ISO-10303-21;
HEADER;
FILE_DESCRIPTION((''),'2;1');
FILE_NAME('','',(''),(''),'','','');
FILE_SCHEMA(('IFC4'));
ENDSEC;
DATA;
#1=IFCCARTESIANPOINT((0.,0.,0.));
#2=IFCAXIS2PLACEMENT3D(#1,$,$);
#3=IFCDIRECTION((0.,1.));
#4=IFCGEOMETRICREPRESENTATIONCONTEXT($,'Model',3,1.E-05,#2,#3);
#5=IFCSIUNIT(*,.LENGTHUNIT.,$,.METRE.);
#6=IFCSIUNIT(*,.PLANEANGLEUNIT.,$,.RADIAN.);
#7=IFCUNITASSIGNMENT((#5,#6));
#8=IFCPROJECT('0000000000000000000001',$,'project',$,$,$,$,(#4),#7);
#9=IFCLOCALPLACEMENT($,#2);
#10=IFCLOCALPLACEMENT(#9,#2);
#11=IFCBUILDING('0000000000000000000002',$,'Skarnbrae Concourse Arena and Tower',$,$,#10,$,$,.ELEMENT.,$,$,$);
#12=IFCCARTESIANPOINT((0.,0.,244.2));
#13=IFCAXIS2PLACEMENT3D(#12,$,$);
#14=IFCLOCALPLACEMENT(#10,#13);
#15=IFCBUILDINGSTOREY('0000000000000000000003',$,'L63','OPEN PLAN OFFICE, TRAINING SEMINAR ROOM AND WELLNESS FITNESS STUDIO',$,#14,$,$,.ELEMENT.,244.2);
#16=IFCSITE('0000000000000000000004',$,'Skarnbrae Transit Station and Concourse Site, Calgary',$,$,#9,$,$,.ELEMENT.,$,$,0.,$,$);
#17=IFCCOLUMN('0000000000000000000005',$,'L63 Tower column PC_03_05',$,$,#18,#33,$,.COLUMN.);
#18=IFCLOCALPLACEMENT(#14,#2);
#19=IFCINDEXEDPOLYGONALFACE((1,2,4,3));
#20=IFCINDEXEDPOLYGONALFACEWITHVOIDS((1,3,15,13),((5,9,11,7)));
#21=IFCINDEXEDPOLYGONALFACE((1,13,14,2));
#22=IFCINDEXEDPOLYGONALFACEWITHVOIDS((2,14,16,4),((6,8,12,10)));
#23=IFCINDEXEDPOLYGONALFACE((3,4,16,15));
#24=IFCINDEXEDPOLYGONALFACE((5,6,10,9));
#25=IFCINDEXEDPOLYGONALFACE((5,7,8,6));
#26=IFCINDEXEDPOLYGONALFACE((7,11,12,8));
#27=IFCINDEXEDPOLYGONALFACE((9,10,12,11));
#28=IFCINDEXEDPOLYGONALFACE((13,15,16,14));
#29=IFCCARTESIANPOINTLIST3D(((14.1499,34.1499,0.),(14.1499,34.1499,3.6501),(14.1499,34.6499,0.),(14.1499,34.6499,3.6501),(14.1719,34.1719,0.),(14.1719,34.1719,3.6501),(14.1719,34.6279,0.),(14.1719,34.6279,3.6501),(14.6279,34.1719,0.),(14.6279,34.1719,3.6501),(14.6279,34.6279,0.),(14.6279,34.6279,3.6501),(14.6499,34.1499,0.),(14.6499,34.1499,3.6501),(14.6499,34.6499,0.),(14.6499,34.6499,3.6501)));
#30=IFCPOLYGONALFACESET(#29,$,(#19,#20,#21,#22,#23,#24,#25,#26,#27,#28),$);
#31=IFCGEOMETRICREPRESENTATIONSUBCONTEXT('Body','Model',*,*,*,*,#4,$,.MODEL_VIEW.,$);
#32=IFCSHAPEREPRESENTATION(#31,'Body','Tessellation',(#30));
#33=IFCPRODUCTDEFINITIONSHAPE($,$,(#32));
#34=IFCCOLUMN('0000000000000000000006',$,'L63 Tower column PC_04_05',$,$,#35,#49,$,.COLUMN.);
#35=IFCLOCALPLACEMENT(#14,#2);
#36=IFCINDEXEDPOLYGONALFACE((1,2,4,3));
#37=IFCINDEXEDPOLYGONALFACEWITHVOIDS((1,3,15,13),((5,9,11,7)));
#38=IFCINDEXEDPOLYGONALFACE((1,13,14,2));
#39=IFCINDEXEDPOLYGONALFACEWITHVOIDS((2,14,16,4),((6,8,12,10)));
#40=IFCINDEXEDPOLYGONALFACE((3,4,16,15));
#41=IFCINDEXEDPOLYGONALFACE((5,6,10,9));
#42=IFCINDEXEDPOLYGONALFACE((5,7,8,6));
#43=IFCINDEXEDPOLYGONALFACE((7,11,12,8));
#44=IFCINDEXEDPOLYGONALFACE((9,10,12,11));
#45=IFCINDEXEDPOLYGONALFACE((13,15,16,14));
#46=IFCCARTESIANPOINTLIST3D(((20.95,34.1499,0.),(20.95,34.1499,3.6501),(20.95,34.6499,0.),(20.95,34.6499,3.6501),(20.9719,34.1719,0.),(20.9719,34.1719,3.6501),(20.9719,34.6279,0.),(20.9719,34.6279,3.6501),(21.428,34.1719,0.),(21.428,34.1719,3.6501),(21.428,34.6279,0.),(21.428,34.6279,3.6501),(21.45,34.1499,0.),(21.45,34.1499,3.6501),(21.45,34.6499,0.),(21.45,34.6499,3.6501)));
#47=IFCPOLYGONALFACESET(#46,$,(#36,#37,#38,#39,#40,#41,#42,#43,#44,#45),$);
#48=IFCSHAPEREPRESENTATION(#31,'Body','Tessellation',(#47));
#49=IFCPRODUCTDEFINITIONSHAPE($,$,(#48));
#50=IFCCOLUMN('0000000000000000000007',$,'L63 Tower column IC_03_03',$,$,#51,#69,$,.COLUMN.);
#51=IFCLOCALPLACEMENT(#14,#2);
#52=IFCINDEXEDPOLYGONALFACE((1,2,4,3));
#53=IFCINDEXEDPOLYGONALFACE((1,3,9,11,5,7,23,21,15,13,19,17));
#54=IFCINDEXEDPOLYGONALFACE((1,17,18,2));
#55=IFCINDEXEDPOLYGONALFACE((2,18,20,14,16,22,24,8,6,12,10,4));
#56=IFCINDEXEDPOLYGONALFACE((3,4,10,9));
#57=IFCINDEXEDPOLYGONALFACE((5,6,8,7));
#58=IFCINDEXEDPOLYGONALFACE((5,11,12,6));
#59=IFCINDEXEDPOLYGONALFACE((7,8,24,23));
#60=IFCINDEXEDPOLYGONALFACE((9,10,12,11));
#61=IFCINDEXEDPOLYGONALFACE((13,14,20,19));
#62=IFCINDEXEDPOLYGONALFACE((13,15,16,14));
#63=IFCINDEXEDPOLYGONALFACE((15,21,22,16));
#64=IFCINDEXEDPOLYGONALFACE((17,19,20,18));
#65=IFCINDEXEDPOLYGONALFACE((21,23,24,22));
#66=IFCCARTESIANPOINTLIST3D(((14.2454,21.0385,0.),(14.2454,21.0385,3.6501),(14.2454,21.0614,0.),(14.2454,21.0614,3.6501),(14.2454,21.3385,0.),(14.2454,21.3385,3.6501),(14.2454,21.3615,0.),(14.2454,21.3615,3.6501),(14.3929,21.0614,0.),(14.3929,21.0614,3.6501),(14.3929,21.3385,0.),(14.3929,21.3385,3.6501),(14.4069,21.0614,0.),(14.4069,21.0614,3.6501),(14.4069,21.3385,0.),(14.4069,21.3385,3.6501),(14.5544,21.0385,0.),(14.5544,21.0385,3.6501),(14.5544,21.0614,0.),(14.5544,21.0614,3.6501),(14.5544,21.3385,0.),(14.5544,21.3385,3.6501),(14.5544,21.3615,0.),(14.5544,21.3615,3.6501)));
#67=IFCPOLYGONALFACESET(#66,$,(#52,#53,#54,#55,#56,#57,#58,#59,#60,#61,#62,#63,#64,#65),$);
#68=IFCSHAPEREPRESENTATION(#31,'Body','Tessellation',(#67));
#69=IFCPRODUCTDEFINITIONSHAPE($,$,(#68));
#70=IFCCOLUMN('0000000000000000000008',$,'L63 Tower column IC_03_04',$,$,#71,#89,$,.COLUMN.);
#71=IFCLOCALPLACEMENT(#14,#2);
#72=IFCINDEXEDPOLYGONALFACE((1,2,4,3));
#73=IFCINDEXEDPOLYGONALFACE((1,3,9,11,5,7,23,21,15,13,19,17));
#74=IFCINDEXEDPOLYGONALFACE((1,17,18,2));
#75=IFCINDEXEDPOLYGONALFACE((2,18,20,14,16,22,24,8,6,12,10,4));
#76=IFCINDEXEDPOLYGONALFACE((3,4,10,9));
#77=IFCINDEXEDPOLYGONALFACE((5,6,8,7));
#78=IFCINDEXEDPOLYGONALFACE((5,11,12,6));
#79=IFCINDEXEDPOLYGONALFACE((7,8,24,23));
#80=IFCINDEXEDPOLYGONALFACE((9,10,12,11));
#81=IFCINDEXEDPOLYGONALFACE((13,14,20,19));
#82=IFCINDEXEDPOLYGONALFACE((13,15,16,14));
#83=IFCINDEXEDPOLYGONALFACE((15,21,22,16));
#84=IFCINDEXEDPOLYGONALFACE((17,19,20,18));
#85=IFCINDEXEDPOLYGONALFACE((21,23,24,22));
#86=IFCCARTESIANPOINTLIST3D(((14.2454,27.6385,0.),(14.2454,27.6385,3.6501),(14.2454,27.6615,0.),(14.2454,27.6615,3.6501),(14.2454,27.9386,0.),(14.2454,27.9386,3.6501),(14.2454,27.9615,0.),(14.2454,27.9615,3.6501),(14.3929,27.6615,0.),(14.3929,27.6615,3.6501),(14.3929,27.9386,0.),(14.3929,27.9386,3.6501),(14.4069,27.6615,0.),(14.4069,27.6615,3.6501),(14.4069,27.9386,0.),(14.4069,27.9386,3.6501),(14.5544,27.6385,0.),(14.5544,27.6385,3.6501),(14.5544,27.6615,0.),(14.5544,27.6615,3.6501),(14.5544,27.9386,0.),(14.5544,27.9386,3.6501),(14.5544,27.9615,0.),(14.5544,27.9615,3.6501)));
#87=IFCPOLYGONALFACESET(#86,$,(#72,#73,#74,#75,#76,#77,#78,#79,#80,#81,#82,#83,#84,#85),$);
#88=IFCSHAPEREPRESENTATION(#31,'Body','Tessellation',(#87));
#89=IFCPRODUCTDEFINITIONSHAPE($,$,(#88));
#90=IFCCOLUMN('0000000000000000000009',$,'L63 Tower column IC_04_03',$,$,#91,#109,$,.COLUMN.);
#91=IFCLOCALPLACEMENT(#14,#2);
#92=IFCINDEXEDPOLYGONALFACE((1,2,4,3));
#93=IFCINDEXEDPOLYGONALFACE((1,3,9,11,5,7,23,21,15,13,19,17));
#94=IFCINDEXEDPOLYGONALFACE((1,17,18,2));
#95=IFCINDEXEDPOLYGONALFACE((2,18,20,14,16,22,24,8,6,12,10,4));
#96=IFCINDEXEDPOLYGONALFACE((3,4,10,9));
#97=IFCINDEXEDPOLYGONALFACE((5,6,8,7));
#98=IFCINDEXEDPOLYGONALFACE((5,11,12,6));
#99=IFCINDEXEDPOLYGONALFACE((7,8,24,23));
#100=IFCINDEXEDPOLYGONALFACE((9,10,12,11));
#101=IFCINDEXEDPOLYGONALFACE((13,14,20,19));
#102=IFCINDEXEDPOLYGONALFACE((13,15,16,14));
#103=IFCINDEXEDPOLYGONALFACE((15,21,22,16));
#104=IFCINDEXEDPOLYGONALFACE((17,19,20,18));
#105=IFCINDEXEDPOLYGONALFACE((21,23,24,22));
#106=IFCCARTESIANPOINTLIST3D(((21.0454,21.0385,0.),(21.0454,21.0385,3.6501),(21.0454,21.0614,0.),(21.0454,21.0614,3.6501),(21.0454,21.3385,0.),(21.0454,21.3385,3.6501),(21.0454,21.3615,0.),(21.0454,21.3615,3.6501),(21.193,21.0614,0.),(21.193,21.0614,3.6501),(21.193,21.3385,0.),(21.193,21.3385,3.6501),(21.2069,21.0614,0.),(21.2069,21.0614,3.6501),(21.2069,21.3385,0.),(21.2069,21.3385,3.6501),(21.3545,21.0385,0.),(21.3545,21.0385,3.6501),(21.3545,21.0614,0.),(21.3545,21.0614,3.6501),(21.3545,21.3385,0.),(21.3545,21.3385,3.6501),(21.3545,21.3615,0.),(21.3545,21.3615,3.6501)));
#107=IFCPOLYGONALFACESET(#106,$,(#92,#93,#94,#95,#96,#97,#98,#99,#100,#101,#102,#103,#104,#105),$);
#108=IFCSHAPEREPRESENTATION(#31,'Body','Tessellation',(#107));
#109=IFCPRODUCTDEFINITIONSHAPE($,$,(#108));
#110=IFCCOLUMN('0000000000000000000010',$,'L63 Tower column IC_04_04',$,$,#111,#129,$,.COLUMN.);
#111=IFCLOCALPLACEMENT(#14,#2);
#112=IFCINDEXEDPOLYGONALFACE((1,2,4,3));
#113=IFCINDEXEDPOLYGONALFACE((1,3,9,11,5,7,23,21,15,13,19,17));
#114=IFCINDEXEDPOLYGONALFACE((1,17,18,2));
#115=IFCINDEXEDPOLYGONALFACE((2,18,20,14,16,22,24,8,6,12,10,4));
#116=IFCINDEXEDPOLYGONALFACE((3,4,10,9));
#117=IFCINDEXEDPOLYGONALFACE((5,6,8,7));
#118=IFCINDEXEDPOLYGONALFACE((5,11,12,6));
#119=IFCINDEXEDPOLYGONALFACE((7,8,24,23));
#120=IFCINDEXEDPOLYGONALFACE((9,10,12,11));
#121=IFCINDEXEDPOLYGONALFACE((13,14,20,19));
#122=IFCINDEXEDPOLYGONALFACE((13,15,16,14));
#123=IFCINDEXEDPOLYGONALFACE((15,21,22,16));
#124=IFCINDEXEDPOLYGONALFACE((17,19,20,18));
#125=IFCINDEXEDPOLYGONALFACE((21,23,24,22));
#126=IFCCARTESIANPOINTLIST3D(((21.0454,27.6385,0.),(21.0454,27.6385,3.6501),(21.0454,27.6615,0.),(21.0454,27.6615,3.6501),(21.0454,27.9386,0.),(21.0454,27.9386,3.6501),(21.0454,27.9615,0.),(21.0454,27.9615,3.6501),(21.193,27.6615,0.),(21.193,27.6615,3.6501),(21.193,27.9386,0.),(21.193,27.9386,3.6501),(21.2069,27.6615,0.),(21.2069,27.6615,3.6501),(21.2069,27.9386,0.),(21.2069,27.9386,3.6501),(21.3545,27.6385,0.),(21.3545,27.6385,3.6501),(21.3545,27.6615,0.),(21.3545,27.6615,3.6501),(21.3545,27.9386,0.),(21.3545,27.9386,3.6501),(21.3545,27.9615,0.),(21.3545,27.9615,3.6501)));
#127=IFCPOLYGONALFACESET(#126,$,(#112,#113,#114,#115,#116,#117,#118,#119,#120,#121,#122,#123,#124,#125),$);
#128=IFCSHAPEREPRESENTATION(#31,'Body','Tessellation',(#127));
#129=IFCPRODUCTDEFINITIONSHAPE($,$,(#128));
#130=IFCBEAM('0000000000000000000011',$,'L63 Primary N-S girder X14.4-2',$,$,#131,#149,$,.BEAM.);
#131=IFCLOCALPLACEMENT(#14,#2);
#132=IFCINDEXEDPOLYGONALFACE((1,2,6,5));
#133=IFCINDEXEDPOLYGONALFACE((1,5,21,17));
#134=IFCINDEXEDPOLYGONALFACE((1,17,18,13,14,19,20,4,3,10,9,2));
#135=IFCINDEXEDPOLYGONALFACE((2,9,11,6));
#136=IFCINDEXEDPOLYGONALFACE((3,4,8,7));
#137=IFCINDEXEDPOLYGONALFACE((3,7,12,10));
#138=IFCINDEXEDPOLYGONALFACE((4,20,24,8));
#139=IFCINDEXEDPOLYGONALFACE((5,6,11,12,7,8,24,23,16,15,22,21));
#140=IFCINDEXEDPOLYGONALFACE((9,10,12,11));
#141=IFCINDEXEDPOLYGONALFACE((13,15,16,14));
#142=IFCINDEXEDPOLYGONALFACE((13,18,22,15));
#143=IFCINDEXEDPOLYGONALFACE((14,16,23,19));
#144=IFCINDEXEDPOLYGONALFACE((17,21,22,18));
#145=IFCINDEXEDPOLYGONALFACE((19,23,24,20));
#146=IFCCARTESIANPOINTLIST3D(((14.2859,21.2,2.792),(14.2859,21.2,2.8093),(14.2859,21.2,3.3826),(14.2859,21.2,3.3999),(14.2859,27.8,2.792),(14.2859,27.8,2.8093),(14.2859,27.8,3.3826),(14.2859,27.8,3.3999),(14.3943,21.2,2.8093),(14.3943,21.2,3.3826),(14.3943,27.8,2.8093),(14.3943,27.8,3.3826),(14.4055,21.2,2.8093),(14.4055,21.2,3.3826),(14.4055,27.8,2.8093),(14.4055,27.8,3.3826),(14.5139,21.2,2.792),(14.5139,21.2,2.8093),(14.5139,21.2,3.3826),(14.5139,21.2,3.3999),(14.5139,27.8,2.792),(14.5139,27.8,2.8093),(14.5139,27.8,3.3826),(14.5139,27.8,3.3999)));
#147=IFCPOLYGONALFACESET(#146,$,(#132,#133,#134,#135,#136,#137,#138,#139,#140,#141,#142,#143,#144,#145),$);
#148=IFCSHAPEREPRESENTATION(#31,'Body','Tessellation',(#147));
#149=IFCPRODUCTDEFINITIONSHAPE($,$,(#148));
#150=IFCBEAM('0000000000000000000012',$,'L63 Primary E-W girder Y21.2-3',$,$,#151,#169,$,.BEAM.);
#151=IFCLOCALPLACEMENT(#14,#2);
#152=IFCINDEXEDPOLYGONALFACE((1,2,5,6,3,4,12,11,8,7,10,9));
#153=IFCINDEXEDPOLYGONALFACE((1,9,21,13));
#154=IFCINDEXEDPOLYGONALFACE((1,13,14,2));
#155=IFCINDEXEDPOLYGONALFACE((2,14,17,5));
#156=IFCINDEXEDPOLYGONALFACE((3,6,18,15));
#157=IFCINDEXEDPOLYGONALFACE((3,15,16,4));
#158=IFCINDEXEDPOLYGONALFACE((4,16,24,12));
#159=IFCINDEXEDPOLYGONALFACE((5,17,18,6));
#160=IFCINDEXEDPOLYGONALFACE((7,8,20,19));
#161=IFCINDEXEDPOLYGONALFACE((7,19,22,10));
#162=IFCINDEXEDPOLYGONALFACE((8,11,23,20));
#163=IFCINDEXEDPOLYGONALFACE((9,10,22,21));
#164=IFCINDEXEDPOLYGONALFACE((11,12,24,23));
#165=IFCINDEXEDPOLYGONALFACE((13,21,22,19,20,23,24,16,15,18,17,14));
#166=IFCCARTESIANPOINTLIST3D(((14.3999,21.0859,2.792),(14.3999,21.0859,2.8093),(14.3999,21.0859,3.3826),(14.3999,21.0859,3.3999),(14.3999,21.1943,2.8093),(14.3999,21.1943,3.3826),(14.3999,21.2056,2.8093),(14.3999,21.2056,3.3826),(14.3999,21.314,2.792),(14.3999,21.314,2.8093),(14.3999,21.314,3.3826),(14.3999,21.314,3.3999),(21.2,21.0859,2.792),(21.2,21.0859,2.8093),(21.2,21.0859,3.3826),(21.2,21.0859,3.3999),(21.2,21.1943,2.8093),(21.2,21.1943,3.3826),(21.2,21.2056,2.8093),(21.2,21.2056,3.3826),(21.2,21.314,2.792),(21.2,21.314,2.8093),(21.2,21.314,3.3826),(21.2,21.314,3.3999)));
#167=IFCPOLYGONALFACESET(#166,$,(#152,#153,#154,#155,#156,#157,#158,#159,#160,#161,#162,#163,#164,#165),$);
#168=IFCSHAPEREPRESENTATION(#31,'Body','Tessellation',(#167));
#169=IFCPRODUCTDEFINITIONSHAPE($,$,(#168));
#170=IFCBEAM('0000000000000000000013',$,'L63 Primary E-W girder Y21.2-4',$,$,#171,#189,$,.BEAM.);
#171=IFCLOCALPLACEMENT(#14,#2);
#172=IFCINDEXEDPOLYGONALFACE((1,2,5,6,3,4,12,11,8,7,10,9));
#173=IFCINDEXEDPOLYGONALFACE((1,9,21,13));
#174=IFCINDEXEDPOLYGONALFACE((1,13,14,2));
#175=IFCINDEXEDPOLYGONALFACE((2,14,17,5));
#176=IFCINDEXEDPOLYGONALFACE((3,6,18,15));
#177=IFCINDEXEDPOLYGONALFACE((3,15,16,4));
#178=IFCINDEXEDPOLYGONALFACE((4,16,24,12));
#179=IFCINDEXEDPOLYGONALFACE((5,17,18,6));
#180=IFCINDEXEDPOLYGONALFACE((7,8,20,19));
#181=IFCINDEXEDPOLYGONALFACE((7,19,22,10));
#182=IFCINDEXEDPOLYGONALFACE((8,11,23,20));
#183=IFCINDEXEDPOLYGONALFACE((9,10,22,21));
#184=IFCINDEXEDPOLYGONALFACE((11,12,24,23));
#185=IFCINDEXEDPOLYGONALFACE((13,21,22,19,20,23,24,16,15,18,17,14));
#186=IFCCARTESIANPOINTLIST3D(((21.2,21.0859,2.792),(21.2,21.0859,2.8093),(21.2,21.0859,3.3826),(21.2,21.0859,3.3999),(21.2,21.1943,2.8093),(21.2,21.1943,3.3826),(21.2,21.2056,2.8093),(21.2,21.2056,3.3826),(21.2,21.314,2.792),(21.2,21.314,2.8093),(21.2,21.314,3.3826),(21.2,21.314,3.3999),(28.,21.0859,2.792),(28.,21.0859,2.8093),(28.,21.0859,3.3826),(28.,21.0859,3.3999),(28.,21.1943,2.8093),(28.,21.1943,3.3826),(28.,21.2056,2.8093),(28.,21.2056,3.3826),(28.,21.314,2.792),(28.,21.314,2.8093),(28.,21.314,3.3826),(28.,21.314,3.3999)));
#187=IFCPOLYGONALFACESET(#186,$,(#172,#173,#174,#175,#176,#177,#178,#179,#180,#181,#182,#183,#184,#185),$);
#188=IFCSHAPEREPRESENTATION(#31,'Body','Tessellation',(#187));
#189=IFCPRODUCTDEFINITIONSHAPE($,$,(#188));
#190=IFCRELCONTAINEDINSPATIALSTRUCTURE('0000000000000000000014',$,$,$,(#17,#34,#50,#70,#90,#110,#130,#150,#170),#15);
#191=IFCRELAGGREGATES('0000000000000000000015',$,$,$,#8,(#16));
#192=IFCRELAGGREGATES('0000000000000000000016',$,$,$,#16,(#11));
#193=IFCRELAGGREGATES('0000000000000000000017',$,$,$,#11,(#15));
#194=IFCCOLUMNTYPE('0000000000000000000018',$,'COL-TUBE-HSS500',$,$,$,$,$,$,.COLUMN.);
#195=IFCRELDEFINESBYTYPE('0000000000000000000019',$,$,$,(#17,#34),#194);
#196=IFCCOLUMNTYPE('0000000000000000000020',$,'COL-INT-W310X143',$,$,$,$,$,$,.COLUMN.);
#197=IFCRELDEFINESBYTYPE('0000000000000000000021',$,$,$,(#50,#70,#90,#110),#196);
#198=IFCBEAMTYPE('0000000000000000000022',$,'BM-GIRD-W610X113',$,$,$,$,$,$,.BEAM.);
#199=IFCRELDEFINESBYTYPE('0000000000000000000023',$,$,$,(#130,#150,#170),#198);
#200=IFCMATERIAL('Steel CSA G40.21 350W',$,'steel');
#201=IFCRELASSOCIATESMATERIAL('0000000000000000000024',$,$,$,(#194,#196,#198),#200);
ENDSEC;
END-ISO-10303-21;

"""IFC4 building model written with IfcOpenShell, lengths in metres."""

from ifc_helpers import new_model, si_unit, direction, frame, origin, origin_2d, place, context, subcontext, project, spatial, hollow_rectangle, i_section, extrude, source, transform, mapped, material, material_profile, profile_set, type_object, element, save


model = new_model("IFC4")

# Units and contexts
model_context = context("Model", 3, precision=1e-05, world=origin(), true_north=direction((0.0, 1.0)))
body_context = subcontext(model_context, "Body", "Model", "MODEL_VIEW")
ifc_project = project(units=[si_unit("LENGTHUNIT", "METRE"), si_unit("PLANEANGLEUNIT", "RADIAN")], contexts=[model_context])

# Site, building, storey
site_placement = place(None, origin())
site = spatial("IfcSite", under=ifc_project, at=site_placement, Name="Skarnbrae Transit Station and Concourse Site, Calgary", CompositionType="ELEMENT", RefElevation=0.0)
building_placement = place(site_placement, origin())
building = spatial("IfcBuilding", under=site, at=building_placement, Name="Skarnbrae Concourse Arena and Tower", CompositionType="ELEMENT")
storey_placement = place(building_placement, frame((0.0, 0.0, 244.2)))
storey = spatial("IfcBuildingStorey", under=building, at=storey_placement, Name="L63", Description="OPEN PLAN OFFICE, TRAINING SEMINAR ROOM AND WELLNESS FITNESS STUDIO", CompositionType="ELEMENT", Elevation=244.2)

# Columns
ifc_material_1 = material(Name="Steel CSA G40.21 350W", Category="steel")
ifc_material_profile_1 = material_profile(ifc_material_1, hollow_rectangle(XDim=0.5, YDim=0.5, WallThickness=0.022, at=origin_2d()), Name="HSS500X500X22.0")
ifc_profile_set_1 = profile_set([ifc_material_profile_1], Name="Steel CSA G40.21 350W")
column_type_1 = type_object("IfcColumnType", Name="COL-TUBE-HSS500", PredefinedType="COLUMN", material=ifc_profile_set_1)
shared_shape_1 = source(origin(), body_context, "Body", "SweptSolid", [
    extrude(hollow_rectangle(XDim=0.5, YDim=0.5, WallThickness=0.022, at=origin_2d()), origin(), (0.0, 0.0, 1.0), 3.6501),
])
for number, where, z_axis, x_axis, name in (
    (1, (14.3999, 34.3999, 0.0), (0.0, 0.0, 1.0), (1.0, 0.0, 0.0), "L63 Tower column PC_03_05"),
    (2, (21.2, 34.3999, 0.0), (0.0, 0.0, 1.0), (1.0, 0.0, 0.0), "L63 Tower column PC_04_05"),
):
    element("IfcColumn", number, at=place(storey_placement, frame(where, z_axis=z_axis, x_axis=x_axis)), inside=storey, type_object=column_type_1, Name=name, PredefinedType="COLUMN", context=body_context, shape_type="MappedRepresentation", body=[
        mapped(shared_shape_1, transform((0.0, 0.0, 0.0))),
    ])
ifc_material_profile_2 = material_profile(ifc_material_1, i_section(OverallWidth=0.3091, OverallDepth=0.323, WebThickness=0.0139, FlangeThickness=0.0229, at=origin_2d()), Name="W310X143")
ifc_profile_set_2 = profile_set([ifc_material_profile_2], Name="Steel CSA G40.21 350W")
column_type_2 = type_object("IfcColumnType", Name="COL-INT-W310X143", PredefinedType="COLUMN", material=ifc_profile_set_2)
shared_shape_2 = source(origin(), body_context, "Body", "SweptSolid", [
    extrude(i_section(OverallWidth=0.3091, OverallDepth=0.323, WebThickness=0.0139, FlangeThickness=0.0229, at=origin_2d()), origin(), (0.0, 0.0, 1.0), 3.6501),
])
for number, where, z_axis, x_axis, name in (
    (3, (14.3999, 21.2, 0.0), (0.0, 0.0, 1.0), (1.0, 0.0, 0.0), "L63 Tower column IC_03_03"),
    (4, (14.3999, 27.8, 0.0), (0.0, 0.0, 1.0), (1.0, 0.0, 0.0), "L63 Tower column IC_03_04"),
    (5, (21.2, 21.2, 0.0), (0.0, 0.0, 1.0), (1.0, 0.0, 0.0), "L63 Tower column IC_04_03"),
    (6, (21.2, 27.8, 0.0), (0.0, 0.0, 1.0), (1.0, 0.0, 0.0), "L63 Tower column IC_04_04"),
):
    element("IfcColumn", number, at=place(storey_placement, frame(where, z_axis=z_axis, x_axis=x_axis)), inside=storey, type_object=column_type_2, Name=name, PredefinedType="COLUMN", context=body_context, shape_type="MappedRepresentation", body=[
        mapped(shared_shape_2, transform((0.0, 0.0, 0.0))),
    ])

# Beams
ifc_material_profile_3 = material_profile(ifc_material_1, i_section(OverallWidth=0.228, OverallDepth=0.6079, WebThickness=0.0112, FlangeThickness=0.0173, at=origin_2d()), Name="W610X113")
ifc_profile_set_3 = profile_set([ifc_material_profile_3], Name="Steel CSA G40.21 350W")
beam_type_1 = type_object("IfcBeamType", Name="BM-GIRD-W610X113", PredefinedType="BEAM", material=ifc_profile_set_3)
shared_shape_3 = source(origin(), body_context, "Body", "SweptSolid", [
    extrude(i_section(OverallWidth=0.228, OverallDepth=0.6079, WebThickness=0.0112, FlangeThickness=0.0173, at=origin_2d()), origin(), (0.0, 0.0, 1.0), 6.6001),
])
beam_1_placement = place(storey_placement, frame((14.3999, 21.2, 3.0959), z_axis=(0.0, 1.0, 0.0), x_axis=(-1.0, 0.0, 0.0)))
element("IfcBeam", 7, at=beam_1_placement, inside=storey, type_object=beam_type_1, Name="L63 Primary N-S girder X14.4-2", PredefinedType="BEAM", context=body_context, shape_type="MappedRepresentation", body=[
    mapped(shared_shape_3, transform((0.0, 0.0, 0.0))),
])
shared_shape_4 = source(origin(), body_context, "Body", "SweptSolid", [
    extrude(i_section(OverallWidth=0.228, OverallDepth=0.6079, WebThickness=0.0112, FlangeThickness=0.0173, at=origin_2d()), origin(), (0.0, 0.0, 1.0), 6.8),
])
for number, where, z_axis, x_axis, name in (
    (8, (14.3999, 21.2, 3.0959), (1.0, 0.0, 0.0), (0.0, 1.0, 0.0), "L63 Primary E-W girder Y21.2-3"),
    (9, (21.2, 21.2, 3.0959), (1.0, 0.0, 0.0), (0.0, 1.0, 0.0), "L63 Primary E-W girder Y21.2-4"),
):
    element("IfcBeam", number, at=place(storey_placement, frame(where, z_axis=z_axis, x_axis=x_axis)), inside=storey, type_object=beam_type_1, Name=name, PredefinedType="BEAM", context=body_context, shape_type="MappedRepresentation", body=[
        mapped(shared_shape_4, transform((0.0, 0.0, 0.0))),
    ])

save(model, "model.ifc")
